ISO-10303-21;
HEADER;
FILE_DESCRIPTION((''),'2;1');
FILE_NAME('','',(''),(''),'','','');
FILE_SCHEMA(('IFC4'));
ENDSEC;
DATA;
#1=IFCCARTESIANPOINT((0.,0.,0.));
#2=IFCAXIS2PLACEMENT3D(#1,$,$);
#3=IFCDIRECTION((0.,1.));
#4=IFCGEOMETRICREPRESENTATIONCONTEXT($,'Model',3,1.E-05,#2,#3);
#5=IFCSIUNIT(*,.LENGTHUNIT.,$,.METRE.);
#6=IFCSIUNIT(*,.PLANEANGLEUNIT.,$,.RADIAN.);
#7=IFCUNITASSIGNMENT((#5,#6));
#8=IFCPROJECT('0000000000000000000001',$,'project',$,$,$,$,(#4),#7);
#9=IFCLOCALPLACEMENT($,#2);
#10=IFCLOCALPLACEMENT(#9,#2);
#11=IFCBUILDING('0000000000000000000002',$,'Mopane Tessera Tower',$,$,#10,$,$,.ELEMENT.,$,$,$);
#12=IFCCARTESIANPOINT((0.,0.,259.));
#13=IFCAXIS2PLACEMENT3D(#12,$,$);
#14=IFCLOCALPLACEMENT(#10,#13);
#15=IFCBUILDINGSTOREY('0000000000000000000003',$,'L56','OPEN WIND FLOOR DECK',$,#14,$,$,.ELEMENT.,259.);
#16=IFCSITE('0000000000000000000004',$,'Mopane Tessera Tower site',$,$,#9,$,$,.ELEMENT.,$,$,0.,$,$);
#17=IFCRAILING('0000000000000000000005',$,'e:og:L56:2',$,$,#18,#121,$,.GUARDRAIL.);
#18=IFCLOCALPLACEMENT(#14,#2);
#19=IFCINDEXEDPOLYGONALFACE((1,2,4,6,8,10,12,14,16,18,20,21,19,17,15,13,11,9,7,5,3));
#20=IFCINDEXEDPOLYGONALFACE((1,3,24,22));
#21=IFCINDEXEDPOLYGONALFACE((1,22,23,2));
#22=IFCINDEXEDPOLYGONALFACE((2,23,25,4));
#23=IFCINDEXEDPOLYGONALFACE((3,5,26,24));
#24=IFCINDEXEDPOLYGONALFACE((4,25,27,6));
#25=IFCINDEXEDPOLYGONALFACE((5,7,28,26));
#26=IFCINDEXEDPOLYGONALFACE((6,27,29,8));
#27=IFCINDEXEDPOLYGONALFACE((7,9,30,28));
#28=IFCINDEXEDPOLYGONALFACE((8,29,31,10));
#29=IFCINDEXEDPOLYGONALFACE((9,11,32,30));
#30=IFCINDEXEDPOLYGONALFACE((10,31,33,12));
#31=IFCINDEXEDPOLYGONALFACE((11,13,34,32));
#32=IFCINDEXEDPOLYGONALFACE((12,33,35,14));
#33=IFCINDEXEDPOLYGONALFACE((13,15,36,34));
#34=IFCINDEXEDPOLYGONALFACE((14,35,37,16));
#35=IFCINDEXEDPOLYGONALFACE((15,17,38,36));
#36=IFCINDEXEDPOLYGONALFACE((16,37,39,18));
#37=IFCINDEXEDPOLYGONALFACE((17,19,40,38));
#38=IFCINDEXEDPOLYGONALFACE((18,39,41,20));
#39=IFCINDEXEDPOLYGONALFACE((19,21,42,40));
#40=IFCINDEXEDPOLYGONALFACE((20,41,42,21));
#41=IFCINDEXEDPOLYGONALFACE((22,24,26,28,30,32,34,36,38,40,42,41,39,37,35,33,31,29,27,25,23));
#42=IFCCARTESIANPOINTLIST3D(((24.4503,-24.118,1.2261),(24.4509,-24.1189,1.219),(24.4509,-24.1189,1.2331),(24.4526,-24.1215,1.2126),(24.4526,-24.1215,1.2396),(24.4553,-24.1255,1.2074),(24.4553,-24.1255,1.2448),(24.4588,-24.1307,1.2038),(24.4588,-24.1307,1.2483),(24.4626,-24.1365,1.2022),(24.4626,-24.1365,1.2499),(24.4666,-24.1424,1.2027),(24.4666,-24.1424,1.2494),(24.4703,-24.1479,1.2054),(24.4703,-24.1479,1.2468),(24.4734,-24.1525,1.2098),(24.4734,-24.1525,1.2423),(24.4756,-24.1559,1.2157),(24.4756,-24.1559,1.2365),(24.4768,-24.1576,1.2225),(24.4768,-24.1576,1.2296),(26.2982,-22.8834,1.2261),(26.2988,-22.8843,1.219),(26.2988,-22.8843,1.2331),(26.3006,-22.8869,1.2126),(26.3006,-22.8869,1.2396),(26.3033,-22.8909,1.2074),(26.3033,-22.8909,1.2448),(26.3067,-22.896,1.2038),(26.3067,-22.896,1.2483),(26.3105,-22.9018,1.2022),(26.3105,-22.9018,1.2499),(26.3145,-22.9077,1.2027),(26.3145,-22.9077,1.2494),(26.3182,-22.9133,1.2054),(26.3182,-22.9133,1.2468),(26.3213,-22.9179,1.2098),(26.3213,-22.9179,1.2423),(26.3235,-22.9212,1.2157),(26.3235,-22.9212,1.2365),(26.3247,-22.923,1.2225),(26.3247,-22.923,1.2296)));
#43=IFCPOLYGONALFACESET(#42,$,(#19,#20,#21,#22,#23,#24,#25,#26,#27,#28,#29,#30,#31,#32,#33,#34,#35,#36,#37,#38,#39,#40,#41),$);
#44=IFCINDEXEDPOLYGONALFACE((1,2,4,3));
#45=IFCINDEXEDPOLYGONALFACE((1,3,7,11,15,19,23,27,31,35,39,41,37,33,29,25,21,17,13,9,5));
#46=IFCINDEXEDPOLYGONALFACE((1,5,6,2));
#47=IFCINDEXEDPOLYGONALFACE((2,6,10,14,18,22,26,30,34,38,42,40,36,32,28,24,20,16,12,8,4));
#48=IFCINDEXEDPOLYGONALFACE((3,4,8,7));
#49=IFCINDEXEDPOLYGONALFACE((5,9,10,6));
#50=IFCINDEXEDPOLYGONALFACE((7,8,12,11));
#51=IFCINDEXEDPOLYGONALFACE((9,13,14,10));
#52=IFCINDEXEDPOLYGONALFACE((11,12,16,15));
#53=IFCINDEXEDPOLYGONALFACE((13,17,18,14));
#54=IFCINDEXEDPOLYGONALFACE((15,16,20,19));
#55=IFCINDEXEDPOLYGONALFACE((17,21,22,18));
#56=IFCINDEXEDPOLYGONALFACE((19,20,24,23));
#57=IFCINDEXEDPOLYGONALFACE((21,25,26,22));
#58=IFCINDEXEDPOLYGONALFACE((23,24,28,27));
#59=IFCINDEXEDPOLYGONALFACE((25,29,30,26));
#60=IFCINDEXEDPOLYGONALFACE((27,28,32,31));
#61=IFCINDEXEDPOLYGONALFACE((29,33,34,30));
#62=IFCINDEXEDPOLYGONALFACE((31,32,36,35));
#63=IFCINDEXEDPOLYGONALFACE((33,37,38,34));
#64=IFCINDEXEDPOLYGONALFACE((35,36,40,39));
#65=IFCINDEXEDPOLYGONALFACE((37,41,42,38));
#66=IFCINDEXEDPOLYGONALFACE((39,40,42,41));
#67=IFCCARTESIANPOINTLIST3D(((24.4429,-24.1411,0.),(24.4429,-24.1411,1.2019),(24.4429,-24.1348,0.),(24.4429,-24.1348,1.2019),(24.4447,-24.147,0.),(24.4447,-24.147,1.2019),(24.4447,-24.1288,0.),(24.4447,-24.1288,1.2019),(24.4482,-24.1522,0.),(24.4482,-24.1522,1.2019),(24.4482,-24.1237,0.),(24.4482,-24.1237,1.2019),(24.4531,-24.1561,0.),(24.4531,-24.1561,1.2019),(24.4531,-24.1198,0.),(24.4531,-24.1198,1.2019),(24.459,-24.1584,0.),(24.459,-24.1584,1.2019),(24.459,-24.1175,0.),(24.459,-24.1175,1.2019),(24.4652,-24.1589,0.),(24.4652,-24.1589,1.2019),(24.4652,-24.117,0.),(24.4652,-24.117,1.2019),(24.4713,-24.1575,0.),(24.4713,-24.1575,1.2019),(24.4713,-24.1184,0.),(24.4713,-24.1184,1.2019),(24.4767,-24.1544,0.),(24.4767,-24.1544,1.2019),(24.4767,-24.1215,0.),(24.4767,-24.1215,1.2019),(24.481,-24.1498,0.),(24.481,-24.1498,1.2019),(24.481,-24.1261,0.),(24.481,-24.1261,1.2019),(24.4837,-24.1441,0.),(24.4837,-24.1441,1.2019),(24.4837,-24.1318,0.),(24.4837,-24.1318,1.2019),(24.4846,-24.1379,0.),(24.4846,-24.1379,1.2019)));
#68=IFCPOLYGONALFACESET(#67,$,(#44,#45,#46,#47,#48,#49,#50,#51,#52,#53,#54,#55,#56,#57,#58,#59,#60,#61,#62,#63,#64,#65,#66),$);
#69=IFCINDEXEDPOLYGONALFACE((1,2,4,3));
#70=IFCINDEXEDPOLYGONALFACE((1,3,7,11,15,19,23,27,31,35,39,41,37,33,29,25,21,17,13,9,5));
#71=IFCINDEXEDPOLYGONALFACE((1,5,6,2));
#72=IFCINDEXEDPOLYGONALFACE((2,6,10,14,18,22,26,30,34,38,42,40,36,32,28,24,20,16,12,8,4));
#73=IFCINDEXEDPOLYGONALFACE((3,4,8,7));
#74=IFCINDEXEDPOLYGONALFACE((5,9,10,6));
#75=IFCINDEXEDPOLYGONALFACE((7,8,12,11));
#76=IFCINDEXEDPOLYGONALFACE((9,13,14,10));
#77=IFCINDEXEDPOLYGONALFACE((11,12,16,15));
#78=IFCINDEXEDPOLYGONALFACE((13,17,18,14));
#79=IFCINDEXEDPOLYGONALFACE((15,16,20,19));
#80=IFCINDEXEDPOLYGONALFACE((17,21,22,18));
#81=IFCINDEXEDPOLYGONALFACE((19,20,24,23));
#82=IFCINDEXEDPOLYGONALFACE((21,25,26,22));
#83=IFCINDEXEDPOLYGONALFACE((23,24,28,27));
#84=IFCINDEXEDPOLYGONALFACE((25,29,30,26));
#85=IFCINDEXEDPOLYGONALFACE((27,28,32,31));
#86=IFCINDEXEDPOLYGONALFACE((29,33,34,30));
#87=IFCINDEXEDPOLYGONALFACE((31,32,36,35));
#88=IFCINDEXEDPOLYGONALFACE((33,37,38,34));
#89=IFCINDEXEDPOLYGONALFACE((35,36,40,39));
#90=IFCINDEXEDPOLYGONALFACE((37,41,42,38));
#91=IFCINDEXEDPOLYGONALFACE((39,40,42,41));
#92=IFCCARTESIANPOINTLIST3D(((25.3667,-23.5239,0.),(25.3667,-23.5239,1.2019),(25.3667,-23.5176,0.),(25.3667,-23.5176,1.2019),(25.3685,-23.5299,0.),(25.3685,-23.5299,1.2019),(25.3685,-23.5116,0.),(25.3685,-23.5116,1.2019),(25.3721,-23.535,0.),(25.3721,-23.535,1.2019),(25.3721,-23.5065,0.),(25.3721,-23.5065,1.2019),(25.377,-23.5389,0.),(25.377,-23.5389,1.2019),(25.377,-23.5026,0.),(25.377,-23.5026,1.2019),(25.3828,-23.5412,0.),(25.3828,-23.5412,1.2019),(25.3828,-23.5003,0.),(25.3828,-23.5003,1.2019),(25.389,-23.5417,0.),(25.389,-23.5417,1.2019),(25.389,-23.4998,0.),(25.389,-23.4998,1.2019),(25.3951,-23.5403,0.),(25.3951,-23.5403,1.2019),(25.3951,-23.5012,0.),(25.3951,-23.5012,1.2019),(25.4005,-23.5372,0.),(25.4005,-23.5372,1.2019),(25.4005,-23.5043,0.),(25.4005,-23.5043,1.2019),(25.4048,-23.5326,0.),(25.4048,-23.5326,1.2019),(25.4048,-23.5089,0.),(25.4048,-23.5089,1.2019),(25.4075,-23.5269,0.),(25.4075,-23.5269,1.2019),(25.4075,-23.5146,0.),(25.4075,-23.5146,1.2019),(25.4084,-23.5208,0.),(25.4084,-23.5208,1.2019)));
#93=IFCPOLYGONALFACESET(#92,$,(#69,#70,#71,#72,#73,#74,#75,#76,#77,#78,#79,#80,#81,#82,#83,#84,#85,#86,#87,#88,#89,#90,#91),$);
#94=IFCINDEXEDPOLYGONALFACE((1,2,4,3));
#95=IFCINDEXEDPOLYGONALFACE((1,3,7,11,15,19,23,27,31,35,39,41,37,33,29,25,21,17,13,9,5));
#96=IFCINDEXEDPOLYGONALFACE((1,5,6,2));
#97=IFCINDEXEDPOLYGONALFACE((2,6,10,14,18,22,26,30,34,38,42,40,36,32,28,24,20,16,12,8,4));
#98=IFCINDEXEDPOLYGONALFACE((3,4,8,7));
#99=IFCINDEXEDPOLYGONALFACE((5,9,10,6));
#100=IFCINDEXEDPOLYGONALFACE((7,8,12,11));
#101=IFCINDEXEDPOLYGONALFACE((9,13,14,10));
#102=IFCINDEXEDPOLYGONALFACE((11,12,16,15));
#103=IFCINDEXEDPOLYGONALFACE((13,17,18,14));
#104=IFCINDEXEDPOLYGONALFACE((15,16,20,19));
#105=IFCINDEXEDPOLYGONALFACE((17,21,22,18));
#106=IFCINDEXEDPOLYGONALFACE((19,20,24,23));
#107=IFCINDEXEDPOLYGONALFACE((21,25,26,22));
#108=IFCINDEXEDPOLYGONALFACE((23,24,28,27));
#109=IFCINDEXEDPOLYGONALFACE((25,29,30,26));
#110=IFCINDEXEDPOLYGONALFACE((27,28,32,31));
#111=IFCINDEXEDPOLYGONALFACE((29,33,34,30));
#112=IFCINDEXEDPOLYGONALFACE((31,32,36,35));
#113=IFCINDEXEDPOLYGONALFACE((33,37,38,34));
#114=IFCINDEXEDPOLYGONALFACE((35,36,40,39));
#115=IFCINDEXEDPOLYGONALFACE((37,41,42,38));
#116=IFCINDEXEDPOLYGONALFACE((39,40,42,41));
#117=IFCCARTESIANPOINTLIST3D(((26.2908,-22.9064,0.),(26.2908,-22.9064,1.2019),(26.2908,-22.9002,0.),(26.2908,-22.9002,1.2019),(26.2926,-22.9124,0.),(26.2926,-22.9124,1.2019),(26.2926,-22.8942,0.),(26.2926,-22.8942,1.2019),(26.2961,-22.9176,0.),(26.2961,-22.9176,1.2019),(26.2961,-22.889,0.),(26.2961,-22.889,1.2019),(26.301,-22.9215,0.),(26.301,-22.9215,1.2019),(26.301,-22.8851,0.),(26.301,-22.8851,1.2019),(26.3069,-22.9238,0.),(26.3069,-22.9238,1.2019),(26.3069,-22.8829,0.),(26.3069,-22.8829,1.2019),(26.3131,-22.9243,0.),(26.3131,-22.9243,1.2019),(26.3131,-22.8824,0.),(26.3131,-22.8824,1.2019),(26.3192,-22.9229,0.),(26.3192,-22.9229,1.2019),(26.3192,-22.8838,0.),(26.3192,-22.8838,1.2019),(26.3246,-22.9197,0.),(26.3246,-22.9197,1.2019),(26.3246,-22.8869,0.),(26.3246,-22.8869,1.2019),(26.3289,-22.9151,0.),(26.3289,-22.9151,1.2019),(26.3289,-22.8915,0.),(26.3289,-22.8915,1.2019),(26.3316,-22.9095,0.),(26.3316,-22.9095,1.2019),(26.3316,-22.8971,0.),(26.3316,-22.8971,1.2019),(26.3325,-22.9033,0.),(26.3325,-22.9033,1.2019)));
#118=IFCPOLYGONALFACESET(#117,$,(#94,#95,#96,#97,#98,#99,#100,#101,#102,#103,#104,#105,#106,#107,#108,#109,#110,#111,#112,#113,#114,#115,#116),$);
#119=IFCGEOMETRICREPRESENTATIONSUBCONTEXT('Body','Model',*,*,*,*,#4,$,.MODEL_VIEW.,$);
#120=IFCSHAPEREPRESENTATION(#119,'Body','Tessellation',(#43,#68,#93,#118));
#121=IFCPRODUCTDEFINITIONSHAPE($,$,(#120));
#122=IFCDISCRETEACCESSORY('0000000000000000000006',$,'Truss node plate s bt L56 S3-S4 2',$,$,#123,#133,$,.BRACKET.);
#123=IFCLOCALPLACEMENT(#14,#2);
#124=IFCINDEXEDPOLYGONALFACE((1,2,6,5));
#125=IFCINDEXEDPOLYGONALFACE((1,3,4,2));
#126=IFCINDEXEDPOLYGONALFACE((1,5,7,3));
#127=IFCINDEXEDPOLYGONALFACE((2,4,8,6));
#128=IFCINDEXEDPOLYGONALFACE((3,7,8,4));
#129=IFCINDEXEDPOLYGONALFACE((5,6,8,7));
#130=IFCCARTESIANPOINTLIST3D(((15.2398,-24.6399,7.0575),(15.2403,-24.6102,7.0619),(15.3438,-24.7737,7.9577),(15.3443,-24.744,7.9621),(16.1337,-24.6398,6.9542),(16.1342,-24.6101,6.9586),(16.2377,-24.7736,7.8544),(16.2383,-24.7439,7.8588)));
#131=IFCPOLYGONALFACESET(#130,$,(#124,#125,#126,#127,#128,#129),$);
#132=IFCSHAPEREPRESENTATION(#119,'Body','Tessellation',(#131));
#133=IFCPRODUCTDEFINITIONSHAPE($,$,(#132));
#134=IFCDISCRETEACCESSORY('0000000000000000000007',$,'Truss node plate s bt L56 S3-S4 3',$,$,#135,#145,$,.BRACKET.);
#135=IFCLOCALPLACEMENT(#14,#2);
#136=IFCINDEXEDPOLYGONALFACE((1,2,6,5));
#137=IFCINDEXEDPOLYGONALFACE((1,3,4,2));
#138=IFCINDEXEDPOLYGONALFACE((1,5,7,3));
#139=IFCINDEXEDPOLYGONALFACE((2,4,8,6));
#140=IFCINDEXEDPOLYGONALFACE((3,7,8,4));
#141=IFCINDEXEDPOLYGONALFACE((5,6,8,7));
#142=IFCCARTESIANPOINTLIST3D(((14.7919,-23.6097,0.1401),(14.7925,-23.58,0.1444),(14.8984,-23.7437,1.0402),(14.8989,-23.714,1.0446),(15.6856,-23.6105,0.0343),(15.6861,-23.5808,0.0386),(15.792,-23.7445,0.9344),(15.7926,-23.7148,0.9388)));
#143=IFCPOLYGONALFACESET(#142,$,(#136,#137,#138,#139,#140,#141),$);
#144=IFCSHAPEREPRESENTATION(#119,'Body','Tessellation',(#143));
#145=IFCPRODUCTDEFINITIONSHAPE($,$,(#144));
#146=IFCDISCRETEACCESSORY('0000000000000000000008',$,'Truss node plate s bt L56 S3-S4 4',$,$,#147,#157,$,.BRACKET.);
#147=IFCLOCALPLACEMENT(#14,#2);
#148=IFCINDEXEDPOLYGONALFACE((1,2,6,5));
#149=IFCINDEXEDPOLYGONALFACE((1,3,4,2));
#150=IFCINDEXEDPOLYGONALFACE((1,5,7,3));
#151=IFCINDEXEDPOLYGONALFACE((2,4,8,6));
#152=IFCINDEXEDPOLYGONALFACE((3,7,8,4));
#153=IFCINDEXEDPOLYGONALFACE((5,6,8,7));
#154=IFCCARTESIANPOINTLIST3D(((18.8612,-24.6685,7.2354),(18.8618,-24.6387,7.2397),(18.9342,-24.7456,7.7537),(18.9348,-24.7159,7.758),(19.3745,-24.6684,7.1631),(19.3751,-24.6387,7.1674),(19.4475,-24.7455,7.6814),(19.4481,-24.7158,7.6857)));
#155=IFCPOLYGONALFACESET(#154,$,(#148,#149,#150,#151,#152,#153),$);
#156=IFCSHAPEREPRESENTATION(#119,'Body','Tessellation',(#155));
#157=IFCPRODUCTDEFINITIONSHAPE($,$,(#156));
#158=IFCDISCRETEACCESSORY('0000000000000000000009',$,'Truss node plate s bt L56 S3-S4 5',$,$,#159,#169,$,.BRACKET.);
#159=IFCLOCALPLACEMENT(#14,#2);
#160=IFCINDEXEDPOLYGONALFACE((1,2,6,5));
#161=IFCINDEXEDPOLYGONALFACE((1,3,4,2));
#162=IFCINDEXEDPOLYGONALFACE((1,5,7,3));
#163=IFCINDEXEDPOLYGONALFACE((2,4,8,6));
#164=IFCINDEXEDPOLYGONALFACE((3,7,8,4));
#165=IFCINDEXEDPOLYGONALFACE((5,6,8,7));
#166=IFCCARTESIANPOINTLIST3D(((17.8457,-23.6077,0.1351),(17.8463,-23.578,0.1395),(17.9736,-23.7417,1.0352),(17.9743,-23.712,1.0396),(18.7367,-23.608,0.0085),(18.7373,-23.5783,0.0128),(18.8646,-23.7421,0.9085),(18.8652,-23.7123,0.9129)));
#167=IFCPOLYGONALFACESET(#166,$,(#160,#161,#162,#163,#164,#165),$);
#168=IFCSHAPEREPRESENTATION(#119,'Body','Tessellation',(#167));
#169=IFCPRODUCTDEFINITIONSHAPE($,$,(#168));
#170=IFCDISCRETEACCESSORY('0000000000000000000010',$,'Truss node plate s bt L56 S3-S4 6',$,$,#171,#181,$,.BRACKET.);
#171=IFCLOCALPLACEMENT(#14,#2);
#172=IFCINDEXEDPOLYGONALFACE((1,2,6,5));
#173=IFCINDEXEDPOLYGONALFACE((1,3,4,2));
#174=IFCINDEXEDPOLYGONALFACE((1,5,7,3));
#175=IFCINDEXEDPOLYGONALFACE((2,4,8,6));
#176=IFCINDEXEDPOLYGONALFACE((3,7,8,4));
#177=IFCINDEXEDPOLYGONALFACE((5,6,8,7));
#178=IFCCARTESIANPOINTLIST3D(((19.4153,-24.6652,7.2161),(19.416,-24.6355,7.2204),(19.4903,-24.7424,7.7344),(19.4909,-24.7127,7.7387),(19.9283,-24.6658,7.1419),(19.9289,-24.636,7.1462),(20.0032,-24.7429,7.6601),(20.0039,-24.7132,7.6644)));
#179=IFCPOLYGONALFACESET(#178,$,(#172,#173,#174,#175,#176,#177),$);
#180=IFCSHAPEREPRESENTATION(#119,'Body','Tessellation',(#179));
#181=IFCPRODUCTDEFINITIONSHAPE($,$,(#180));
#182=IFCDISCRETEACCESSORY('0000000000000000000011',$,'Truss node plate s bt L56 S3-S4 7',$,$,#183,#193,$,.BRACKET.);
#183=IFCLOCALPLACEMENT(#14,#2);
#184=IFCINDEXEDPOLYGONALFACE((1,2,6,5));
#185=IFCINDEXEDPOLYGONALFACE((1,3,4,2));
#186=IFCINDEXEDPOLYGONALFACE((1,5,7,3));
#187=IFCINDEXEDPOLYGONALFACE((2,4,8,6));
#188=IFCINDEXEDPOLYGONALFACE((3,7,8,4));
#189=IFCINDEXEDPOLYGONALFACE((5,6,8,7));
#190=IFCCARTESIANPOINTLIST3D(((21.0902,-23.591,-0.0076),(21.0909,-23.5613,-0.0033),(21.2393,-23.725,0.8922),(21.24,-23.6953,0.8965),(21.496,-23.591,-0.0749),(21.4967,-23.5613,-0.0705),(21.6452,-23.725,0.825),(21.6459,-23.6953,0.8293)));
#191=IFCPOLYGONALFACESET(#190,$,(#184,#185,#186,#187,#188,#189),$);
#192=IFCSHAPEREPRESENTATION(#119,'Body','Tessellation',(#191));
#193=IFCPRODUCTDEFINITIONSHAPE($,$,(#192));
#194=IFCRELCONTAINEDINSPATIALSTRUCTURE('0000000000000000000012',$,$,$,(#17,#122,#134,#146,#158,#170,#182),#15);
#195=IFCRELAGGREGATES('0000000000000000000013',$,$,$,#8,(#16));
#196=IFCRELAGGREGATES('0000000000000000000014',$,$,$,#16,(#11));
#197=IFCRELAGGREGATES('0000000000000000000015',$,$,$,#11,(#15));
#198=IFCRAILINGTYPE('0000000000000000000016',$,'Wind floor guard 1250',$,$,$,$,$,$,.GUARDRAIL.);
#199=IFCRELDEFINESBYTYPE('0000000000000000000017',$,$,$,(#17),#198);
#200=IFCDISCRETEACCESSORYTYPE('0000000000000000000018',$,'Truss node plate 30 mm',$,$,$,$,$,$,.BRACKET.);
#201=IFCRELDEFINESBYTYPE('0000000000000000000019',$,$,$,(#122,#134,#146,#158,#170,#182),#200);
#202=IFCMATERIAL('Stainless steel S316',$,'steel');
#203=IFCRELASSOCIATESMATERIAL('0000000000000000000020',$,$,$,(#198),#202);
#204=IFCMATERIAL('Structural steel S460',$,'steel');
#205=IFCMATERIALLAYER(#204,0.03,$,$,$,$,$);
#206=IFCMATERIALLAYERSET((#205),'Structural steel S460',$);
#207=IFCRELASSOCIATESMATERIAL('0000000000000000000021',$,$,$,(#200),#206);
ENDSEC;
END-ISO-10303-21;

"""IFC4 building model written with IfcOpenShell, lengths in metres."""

from ifc_helpers import new_model, si_unit, direction, frame, origin, origin_2d, place, context, subcontext, project, spatial, rectangle, circle, extrude, material, layer, layer_set, type_object, element, save


model = new_model("IFC4")

# Units and contexts
model_context = context("Model", 3, precision=1e-05, world=origin(), true_north=direction((0.0, 1.0)))
body_context = subcontext(model_context, "Body", "Model", "MODEL_VIEW")
ifc_project = project(units=[si_unit("LENGTHUNIT", "METRE"), si_unit("PLANEANGLEUNIT", "RADIAN")], contexts=[model_context])

# Site, building, storey
site_placement = place(None, origin())
site = spatial("IfcSite", under=ifc_project, at=site_placement, Name="Mopane Tessera Tower site", CompositionType="ELEMENT", RefElevation=0.0)
building_placement = place(site_placement, origin())
building = spatial("IfcBuilding", under=site, at=building_placement, Name="Mopane Tessera Tower", CompositionType="ELEMENT")
storey_placement = place(building_placement, frame((0.0, 0.0, 259.0)))
storey = spatial("IfcBuildingStorey", under=building, at=storey_placement, Name="L56", Description="OPEN WIND FLOOR DECK", CompositionType="ELEMENT", Elevation=259.0)

# Railing
ifc_material_1 = material(Name="Stainless steel S316", Category="steel")
railing_type = type_object("IfcRailingType", Name="Wind floor guard 1250", PredefinedType="GUARDRAIL", material=ifc_material_1)
railing_1_placement = place(storey_placement, frame((24.4636, -24.1379, 0.0)))
element("IfcRailing", 1, at=railing_1_placement, inside=storey, type_object=railing_type, Name="e:og:L56:2", PredefinedType="GUARDRAIL", context=body_context, shape_type="SweptSolid", body=[
    extrude(circle(Radius=0.0239, at=origin_2d()), frame((0.0, 0.0, 1.2261), z_axis=(0.831492, 0.555537, 0.0), x_axis=(-0.555537, 0.831492, 0.0)), (0.0, 0.0, 1.0), 2.2224),
    extrude(circle(Radius=0.021, at=origin_2d()), origin(), (0.0, 0.0, 1.0), 1.2019),
    extrude(circle(Radius=0.021, at=origin_2d()), frame((0.9238, 0.6172, 0.0)), (0.0, 0.0, 1.0), 1.2019),
    extrude(circle(Radius=0.021, at=origin_2d()), frame((1.8479, 1.2346, 0.0)), (0.0, 0.0, 1.0), 1.2019),
])

# Discrete accessories
ifc_material_2 = material(Name="Structural steel S460", Category="steel")
ifc_layer = layer(ifc_material_2, 0.03)
ifc_layer_set = layer_set([ifc_layer], Name="Structural steel S460")
discrete_accessory_type = type_object("IfcDiscreteAccessoryType", Name="Truss node plate 30 mm", PredefinedType="BRACKET", material=ifc_layer_set)
discrete_accessory_1_placement = place(storey_placement, frame((15.687, -24.625, 7.0081), z_axis=(0.113547, -0.146065, 0.982737), x_axis=(0.016699, 0.989275, 0.145107)))
element("IfcDiscreteAccessory", 2, at=discrete_accessory_1_placement, inside=storey, type_object=discrete_accessory_type, Name="Truss node plate s bt L56 S3-S4 2", PredefinedType="BRACKET", context=body_context, shape_type="SweptSolid", body=[
    extrude(rectangle(XDim=0.03, YDim=0.8999, at=origin_2d()), origin(), (0.0, 0.0, 1.0), 0.916),
])
discrete_accessory_2_placement = place(storey_placement, frame((15.239, -23.5952, 0.0894), z_axis=(0.116172, -0.146281, 0.982398), x_axis=(0.018071, 0.989243, 0.145163)))
element("IfcDiscreteAccessory", 3, at=discrete_accessory_2_placement, inside=storey, type_object=discrete_accessory_type, Name="Truss node plate s bt L56 S3-S4 3", PredefinedType="BRACKET", context=body_context, shape_type="SweptSolid", body=[
    extrude(rectangle(XDim=0.03, YDim=0.8999, at=origin_2d()), origin(), (0.0, 0.0, 1.0), 0.9163),
])
discrete_accessory_3_placement = place(storey_placement, frame((19.1182, -24.6536, 7.2014), z_axis=(0.137971, -0.145816, 0.979644), x_axis=(0.020185, 0.989312, 0.144412)))
element("IfcDiscreteAccessory", 4, at=discrete_accessory_3_placement, inside=storey, type_object=discrete_accessory_type, Name="Truss node plate s bt L56 S3-S4 4", PredefinedType="BRACKET", context=body_context, shape_type="SweptSolid", body=[
    extrude(rectangle(XDim=0.03, YDim=0.5183, at=origin_2d()), origin(), (0.0, 0.0, 1.0), 0.5291),
])
discrete_accessory_4_placement = place(storey_placement, frame((18.2915, -23.593, 0.074), z_axis=(0.139203, -0.145844, 0.979465), x_axis=(0.020877, 0.989308, 0.144342)))
element("IfcDiscreteAccessory", 5, at=discrete_accessory_4_placement, inside=storey, type_object=discrete_accessory_type, Name="Truss node plate s bt L56 S3-S4 5", PredefinedType="BRACKET", context=body_context, shape_type="SweptSolid", body=[
    extrude(rectangle(XDim=0.03, YDim=0.8999, at=origin_2d()), origin(), (0.0, 0.0, 1.0), 0.9189),
])
discrete_accessory_5_placement = place(storey_placement, frame((19.6721, -24.6506, 7.1812), z_axis=(0.14159, -0.145741, 0.979138), x_axis=(0.021874, 0.989322, 0.144094)))
element("IfcDiscreteAccessory", 6, at=discrete_accessory_5_placement, inside=storey, type_object=discrete_accessory_type, Name="Truss node plate s bt L56 S3-S4 6", PredefinedType="BRACKET", context=body_context, shape_type="SweptSolid", body=[
    extrude(rectangle(XDim=0.03, YDim=0.5183, at=origin_2d()), origin(), (0.0, 0.0, 1.0), 0.5293),
])
discrete_accessory_6_placement = place(storey_placement, frame((21.2935, -23.5762, -0.0391), z_axis=(0.161794, -0.145376, 0.976058), x_axis=(0.023753, 0.989376, 0.143422)))
element("IfcDiscreteAccessory", 7, at=discrete_accessory_6_placement, inside=storey, type_object=discrete_accessory_type, Name="Truss node plate s bt L56 S3-S4 7", PredefinedType="BRACKET", context=body_context, shape_type="SweptSolid", body=[
    extrude(rectangle(XDim=0.03, YDim=0.4114, at=origin_2d()), origin(), (0.0, 0.0, 1.0), 0.9219),
])

save(model, "model.ifc")
